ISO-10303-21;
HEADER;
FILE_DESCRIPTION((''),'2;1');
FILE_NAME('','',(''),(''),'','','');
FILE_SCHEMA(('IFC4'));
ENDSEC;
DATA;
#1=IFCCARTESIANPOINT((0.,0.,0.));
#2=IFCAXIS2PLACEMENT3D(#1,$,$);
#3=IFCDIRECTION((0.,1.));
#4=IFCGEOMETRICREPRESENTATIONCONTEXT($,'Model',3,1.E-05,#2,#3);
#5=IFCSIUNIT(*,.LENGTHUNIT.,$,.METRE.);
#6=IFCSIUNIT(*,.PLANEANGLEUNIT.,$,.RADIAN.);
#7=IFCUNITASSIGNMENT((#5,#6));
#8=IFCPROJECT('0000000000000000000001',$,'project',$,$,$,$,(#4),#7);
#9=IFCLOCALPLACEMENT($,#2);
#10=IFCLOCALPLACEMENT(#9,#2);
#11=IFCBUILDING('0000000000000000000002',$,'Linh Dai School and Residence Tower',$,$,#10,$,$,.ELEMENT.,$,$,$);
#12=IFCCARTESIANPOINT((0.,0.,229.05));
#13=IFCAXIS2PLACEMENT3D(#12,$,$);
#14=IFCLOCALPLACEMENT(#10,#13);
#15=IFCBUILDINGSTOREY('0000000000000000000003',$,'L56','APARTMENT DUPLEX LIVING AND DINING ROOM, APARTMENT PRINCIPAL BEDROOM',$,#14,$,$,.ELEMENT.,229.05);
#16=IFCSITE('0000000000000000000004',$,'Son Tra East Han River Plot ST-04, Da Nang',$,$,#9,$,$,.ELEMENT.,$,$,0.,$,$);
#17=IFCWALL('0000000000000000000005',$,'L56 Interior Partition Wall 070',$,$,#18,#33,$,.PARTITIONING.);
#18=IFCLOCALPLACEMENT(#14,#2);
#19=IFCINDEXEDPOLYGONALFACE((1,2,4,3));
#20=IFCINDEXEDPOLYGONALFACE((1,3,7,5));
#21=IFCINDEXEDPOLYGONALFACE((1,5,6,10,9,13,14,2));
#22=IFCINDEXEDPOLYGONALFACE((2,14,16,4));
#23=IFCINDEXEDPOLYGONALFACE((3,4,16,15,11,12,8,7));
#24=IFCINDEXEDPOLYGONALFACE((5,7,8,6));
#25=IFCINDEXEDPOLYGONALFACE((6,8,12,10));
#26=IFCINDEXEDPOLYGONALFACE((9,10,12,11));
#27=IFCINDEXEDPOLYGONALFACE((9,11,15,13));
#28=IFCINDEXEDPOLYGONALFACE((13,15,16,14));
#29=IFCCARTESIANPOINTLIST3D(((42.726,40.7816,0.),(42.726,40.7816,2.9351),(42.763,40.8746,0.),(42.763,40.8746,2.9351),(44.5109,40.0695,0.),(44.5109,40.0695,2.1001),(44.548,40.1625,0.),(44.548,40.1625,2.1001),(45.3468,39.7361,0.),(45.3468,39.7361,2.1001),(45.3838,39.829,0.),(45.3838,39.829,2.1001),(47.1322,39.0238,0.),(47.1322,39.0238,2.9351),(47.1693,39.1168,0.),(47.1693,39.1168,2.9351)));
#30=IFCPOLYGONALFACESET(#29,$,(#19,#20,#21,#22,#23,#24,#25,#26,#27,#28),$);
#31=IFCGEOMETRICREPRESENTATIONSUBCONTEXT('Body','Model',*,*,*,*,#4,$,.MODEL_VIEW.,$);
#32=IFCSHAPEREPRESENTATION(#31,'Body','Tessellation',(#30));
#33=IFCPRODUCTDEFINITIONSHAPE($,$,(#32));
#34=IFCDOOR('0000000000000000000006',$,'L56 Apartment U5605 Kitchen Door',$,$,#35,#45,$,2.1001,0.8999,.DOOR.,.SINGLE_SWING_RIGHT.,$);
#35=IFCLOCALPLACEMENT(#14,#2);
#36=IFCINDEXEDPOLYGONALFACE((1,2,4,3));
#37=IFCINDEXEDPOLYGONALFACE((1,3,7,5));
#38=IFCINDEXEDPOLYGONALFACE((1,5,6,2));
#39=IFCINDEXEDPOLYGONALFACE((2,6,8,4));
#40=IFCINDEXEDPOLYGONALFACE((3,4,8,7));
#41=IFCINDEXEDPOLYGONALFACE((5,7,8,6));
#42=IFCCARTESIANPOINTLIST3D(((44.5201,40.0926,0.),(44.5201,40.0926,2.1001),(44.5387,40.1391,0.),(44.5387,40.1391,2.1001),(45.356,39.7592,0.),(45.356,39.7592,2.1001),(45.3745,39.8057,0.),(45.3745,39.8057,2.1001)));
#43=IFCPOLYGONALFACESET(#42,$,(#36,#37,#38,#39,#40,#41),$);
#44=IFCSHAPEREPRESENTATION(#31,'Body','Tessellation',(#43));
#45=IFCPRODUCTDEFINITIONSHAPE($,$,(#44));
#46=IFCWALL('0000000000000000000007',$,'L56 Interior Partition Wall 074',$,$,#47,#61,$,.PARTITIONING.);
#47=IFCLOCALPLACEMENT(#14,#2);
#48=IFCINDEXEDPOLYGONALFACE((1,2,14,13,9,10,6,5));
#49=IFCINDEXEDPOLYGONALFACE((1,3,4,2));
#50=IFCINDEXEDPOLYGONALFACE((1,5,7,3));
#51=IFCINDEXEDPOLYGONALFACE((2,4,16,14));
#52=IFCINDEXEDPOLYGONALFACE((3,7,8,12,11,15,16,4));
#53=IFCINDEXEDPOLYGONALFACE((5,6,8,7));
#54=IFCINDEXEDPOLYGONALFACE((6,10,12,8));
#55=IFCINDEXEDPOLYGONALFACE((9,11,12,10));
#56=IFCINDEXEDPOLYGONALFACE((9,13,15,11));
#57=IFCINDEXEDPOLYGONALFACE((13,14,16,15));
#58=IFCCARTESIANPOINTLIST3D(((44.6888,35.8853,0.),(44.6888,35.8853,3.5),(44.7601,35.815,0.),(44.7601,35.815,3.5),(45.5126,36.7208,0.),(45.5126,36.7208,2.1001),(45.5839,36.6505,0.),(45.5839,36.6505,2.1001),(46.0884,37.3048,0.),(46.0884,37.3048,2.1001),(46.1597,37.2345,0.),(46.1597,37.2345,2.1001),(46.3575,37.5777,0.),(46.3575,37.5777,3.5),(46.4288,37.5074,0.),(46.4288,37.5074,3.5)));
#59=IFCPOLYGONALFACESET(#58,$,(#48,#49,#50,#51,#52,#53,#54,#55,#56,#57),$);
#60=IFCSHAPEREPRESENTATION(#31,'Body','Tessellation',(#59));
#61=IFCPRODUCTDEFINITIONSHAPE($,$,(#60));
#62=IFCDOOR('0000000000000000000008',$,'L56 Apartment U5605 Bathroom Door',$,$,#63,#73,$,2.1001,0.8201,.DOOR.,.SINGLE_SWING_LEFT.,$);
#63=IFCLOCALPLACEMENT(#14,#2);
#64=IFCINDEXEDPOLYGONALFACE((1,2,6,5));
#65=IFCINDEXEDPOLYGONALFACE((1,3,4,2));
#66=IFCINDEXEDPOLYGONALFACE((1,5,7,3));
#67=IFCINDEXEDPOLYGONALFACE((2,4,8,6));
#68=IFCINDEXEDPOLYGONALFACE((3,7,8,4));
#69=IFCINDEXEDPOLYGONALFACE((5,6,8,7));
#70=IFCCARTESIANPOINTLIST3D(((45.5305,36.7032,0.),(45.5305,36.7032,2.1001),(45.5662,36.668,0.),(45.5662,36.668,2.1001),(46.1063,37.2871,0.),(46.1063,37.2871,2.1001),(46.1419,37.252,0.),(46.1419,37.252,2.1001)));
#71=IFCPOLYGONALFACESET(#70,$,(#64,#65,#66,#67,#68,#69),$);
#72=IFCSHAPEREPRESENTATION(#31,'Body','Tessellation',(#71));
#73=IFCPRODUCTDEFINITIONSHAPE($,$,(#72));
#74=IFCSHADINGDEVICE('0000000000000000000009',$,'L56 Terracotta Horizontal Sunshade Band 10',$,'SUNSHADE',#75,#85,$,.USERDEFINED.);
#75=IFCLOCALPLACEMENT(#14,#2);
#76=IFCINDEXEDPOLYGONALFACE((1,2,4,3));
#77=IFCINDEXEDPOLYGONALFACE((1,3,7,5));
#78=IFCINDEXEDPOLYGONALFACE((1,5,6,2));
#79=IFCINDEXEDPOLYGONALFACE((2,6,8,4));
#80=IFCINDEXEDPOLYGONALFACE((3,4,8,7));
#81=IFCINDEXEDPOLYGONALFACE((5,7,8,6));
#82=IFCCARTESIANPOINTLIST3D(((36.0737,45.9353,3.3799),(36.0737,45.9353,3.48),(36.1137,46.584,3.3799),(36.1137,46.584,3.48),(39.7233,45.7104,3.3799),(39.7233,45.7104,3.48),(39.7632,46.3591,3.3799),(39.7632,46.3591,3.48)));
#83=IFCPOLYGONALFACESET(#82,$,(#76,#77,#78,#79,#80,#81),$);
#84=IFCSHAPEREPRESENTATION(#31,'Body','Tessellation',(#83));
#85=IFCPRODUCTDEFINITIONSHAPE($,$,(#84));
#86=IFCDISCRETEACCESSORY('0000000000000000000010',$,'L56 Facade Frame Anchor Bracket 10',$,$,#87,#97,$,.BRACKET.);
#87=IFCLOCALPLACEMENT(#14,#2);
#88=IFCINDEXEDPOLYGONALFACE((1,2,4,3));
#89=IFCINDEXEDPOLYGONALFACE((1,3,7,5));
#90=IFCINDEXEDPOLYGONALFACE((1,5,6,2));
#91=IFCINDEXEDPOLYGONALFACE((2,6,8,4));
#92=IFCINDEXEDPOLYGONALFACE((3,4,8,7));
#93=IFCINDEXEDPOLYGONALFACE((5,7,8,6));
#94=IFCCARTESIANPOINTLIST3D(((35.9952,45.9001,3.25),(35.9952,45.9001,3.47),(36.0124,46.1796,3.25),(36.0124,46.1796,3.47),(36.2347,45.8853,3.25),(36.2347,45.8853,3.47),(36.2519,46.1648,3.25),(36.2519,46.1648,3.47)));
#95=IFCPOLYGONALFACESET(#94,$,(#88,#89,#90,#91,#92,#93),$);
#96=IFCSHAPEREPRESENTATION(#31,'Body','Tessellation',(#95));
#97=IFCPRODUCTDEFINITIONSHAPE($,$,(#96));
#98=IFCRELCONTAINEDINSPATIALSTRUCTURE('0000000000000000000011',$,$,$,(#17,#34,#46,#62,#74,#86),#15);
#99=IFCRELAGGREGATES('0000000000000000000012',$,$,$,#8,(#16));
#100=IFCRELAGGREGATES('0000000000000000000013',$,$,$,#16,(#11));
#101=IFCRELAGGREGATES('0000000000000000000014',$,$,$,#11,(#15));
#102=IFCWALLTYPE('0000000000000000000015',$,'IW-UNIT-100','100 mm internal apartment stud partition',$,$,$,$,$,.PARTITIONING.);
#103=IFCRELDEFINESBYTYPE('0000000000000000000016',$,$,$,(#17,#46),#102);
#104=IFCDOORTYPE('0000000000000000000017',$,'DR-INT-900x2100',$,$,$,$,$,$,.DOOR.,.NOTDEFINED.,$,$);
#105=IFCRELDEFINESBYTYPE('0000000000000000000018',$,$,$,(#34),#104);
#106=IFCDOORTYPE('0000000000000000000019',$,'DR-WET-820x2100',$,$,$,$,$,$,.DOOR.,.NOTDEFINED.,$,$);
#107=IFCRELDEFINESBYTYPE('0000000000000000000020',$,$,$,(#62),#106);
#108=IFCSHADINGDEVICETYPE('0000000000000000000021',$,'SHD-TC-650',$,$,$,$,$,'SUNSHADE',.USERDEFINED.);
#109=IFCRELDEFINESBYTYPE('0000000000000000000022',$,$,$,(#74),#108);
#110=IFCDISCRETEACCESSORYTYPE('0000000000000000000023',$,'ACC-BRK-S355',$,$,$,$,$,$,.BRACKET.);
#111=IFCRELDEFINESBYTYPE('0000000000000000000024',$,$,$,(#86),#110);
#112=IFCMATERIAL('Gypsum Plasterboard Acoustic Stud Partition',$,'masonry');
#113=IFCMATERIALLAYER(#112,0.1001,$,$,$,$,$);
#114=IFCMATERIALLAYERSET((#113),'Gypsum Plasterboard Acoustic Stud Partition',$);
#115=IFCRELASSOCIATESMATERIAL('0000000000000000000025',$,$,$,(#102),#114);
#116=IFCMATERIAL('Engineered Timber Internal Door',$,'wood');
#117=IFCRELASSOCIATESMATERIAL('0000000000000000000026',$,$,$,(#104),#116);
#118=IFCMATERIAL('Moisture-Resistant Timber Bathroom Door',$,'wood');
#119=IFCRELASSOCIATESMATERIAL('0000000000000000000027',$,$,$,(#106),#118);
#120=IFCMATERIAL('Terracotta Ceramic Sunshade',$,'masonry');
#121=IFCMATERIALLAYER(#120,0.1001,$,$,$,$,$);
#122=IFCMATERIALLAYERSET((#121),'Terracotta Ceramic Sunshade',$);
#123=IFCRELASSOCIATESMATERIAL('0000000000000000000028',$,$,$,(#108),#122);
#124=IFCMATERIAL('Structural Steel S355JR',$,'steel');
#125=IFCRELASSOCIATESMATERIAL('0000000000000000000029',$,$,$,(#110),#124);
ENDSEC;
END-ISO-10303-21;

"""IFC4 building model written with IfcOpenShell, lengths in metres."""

from ifc_helpers import new_model, si_unit, direction, frame, frame_2d, origin, origin_2d, place, context, subcontext, project, spatial, rectangle, extrude, source, transform, mapped, material, layer, layer_set, type_object, element, fill, save


model = new_model("IFC4")

# Units and contexts
model_context = context("Model", 3, precision=1e-05, world=origin(), true_north=direction((0.0, 1.0)))
body_context = subcontext(model_context, "Body", "Model", "MODEL_VIEW")
ifc_project = project(units=[si_unit("LENGTHUNIT", "METRE"), si_unit("PLANEANGLEUNIT", "RADIAN")], contexts=[model_context])

# Site, building, storey
site_placement = place(None, origin())
site = spatial("IfcSite", under=ifc_project, at=site_placement, Name="Son Tra East Han River Plot ST-04, Da Nang", CompositionType="ELEMENT", RefElevation=0.0)
building_placement = place(site_placement, origin())
building = spatial("IfcBuilding", under=site, at=building_placement, Name="Linh Dai School and Residence Tower", CompositionType="ELEMENT")
storey_placement = place(building_placement, frame((0.0, 0.0, 229.05)))
storey = spatial("IfcBuildingStorey", under=building, at=storey_placement, Name="L56", Description="APARTMENT DUPLEX LIVING AND DINING ROOM, APARTMENT PRINCIPAL BEDROOM", CompositionType="ELEMENT", Elevation=229.05)

# Shared definitions
ifc_material_1 = material(Name="Structural Steel S355JR", Category="steel")

# Shared definitions
ifc_material_2 = material(Name="Gypsum Plasterboard Acoustic Stud Partition", Category="masonry")
ifc_layer_1 = layer(ifc_material_2, 0.1001)
ifc_layer_set_1 = layer_set([ifc_layer_1], Name="Gypsum Plasterboard Acoustic Stud Partition")
wall_type_1 = type_object("IfcWallType", Name="IW-UNIT-100", Description="100 mm internal apartment stud partition", PredefinedType="PARTITIONING", material=ifc_layer_set_1)

# Walls, openings, doors
wall_1_placement = place(storey_placement, frame((42.7444, 40.8281, 0.0), z_axis=(0.0, 0.0, 1.0), x_axis=(0.928817, -0.370539, 0.0)))
wall_1 = element("IfcWall", 1, at=wall_1_placement, inside=storey, type_object=wall_type_1, Name="L56 Interior Partition Wall 070", PredefinedType="PARTITIONING", context=body_context, shape_type="SweptSolid", body=[
    extrude(rectangle(XDim=4.7439, YDim=0.1001, at=frame_2d((2.3721, 0.0))), origin(), (0.0, 0.0, 1.0), 2.9351),
])
opening_1_placement = place(wall_1_placement, frame((1.9219, 0.0, 0.0)))
opening_1 = element("IfcOpeningElement", 2, at=opening_1_placement, cuts=wall_1, PredefinedType="OPENING", context=body_context, shape_type="SweptSolid", body=[
    extrude(rectangle(XDim=0.8999, YDim=2.1001, at=origin_2d()), frame((0.45, 0.0601, 1.05), z_axis=(0.0, -1.0, 0.0), x_axis=(1.0, 0.0, 0.0)), (0.0, 0.0, 1.0), 0.1201),
])
ifc_material_3 = material(Name="Engineered Timber Internal Door", Category="wood")
door_type_1 = type_object("IfcDoorType", Name="DR-INT-900x2100", OperationType="NOTDEFINED", PredefinedType="DOOR", material=ifc_material_3)
shared_shape_1 = source(origin(), body_context, "Body", "SweptSolid", [
    extrude(rectangle(XDim=0.8999, YDim=2.1001, at=origin_2d()), frame((0.45, 0.0249, 1.05), z_axis=(0.0, -1.0, 0.0), x_axis=(1.0, 0.0, 0.0)), (0.0, 0.0, 1.0), 0.05),
])
door_1_placement = place(opening_1_placement, origin())
door_1 = element("IfcDoor", 3, at=door_1_placement, inside=storey, type_object=door_type_1, Name="L56 Apartment U5605 Kitchen Door", OperationType="SINGLE_SWING_RIGHT", OverallHeight=2.1001, OverallWidth=0.8999, PredefinedType="DOOR", context=body_context, shape_type="MappedRepresentation", body=[
    mapped(shared_shape_1, transform((0.0, 0.0, 0.0), x_axis=(1.0, 0.0, 0.0), y_axis=(0.0, 1.0, 0.0), z_axis=(0.0, 0.0, 1.0), scale=1.0)),
])
fill(opening_1, door_1)
wall_2_placement = place(storey_placement, frame((44.7244, 35.8501, 0.0), z_axis=(0.0, 0.0, 1.0), x_axis=(0.702107, 0.712071, 0.0)))
wall_2 = element("IfcWall", 4, at=wall_2_placement, inside=storey, type_object=wall_type_1, Name="L56 Interior Partition Wall 074", PredefinedType="PARTITIONING", context=body_context, shape_type="SweptSolid", body=[
    extrude(rectangle(XDim=2.3767, YDim=0.1001, at=frame_2d((1.1885, 0.0))), origin(), (0.0, 0.0, 1.0), 3.5),
])
opening_2_placement = place(wall_2_placement, frame((1.1733, 0.0, 0.0)))
opening_2 = element("IfcOpeningElement", 5, at=opening_2_placement, cuts=wall_2, PredefinedType="OPENING", context=body_context, shape_type="SweptSolid", body=[
    extrude(rectangle(XDim=0.8201, YDim=2.1001, at=origin_2d()), frame((0.4102, 0.0601, 1.05), z_axis=(0.0, -1.0, 0.0), x_axis=(1.0, 0.0, 0.0)), (0.0, 0.0, 1.0), 0.1201),
])
ifc_material_4 = material(Name="Moisture-Resistant Timber Bathroom Door", Category="wood")
door_type_2 = type_object("IfcDoorType", Name="DR-WET-820x2100", OperationType="NOTDEFINED", PredefinedType="DOOR", material=ifc_material_4)
shared_shape_2 = source(origin(), body_context, "Body", "SweptSolid", [
    extrude(rectangle(XDim=0.8201, YDim=2.1001, at=origin_2d()), frame((0.4102, 0.0249, 1.05), z_axis=(0.0, -1.0, 0.0), x_axis=(1.0, 0.0, 0.0)), (0.0, 0.0, 1.0), 0.05),
])
door_2_placement = place(opening_2_placement, origin())
door_2 = element("IfcDoor", 6, at=door_2_placement, inside=storey, type_object=door_type_2, Name="L56 Apartment U5605 Bathroom Door", OperationType="SINGLE_SWING_LEFT", OverallHeight=2.1001, OverallWidth=0.8201, PredefinedType="DOOR", context=body_context, shape_type="MappedRepresentation", body=[
    mapped(shared_shape_2, transform((0.0, 0.0, 0.0), x_axis=(1.0, 0.0, 0.0), y_axis=(0.0, 1.0, 0.0), z_axis=(0.0, 0.0, 1.0), scale=1.0)),
])
fill(opening_2, door_2)

# Shading device
ifc_material_5 = material(Name="Terracotta Ceramic Sunshade", Category="masonry")
ifc_layer_2 = layer(ifc_material_5, 0.1001)
ifc_layer_set_2 = layer_set([ifc_layer_2], Name="Terracotta Ceramic Sunshade")
shading_device_type = type_object("IfcShadingDeviceType", Name="SHD-TC-650", ElementType="SUNSHADE", PredefinedType="USERDEFINED", material=ifc_layer_set_2)
shared_shape_3 = source(origin(), body_context, "Body", "SweptSolid", [
    extrude(rectangle(XDim=3.6565, YDim=0.6499, at=origin_2d()), origin(), (0.0, 0.0, 1.0), 0.1001),
])
shading_device_placement = place(storey_placement, frame((37.9185, 46.1472, 3.3799), z_axis=(0.0, 0.0, 1.0), x_axis=(0.998107, -0.061504, 0.0)))
element("IfcShadingDevice", 7, at=shading_device_placement, inside=storey, type_object=shading_device_type, Name="L56 Terracotta Horizontal Sunshade Band 10", ObjectType="SUNSHADE", PredefinedType="USERDEFINED", context=body_context, shape_type="MappedRepresentation", body=[
    mapped(shared_shape_3, transform((0.0, 0.0, 0.0), x_axis=(1.0, 0.0, 0.0), y_axis=(0.0, 1.0, 0.0), z_axis=(0.0, 0.0, 1.0), scale=1.0)),
])

# Discrete accessory
discrete_accessory_type = type_object("IfcDiscreteAccessoryType", Name="ACC-BRK-S355", PredefinedType="BRACKET", material=ifc_material_1)
shared_shape_4 = source(origin(), body_context, "Body", "SweptSolid", [
    extrude(rectangle(XDim=0.28, YDim=0.24, at=origin_2d()), origin(), (0.0, 0.0, 1.0), 0.22),
])
discrete_accessory_placement = place(storey_placement, frame((36.1235, 46.0325, 3.25), z_axis=(0.0, 0.0, 1.0), x_axis=(0.061504, 0.998107, 0.0)))
element("IfcDiscreteAccessory", 8, at=discrete_accessory_placement, inside=storey, type_object=discrete_accessory_type, Name="L56 Facade Frame Anchor Bracket 10", PredefinedType="BRACKET", context=body_context, shape_type="MappedRepresentation", body=[
    mapped(shared_shape_4, transform((0.0, 0.0, 0.0), x_axis=(1.0, 0.0, 0.0), y_axis=(0.0, 1.0, 0.0), z_axis=(0.0, 0.0, 1.0), scale=1.0)),
])

save(model, "model.ifc")
